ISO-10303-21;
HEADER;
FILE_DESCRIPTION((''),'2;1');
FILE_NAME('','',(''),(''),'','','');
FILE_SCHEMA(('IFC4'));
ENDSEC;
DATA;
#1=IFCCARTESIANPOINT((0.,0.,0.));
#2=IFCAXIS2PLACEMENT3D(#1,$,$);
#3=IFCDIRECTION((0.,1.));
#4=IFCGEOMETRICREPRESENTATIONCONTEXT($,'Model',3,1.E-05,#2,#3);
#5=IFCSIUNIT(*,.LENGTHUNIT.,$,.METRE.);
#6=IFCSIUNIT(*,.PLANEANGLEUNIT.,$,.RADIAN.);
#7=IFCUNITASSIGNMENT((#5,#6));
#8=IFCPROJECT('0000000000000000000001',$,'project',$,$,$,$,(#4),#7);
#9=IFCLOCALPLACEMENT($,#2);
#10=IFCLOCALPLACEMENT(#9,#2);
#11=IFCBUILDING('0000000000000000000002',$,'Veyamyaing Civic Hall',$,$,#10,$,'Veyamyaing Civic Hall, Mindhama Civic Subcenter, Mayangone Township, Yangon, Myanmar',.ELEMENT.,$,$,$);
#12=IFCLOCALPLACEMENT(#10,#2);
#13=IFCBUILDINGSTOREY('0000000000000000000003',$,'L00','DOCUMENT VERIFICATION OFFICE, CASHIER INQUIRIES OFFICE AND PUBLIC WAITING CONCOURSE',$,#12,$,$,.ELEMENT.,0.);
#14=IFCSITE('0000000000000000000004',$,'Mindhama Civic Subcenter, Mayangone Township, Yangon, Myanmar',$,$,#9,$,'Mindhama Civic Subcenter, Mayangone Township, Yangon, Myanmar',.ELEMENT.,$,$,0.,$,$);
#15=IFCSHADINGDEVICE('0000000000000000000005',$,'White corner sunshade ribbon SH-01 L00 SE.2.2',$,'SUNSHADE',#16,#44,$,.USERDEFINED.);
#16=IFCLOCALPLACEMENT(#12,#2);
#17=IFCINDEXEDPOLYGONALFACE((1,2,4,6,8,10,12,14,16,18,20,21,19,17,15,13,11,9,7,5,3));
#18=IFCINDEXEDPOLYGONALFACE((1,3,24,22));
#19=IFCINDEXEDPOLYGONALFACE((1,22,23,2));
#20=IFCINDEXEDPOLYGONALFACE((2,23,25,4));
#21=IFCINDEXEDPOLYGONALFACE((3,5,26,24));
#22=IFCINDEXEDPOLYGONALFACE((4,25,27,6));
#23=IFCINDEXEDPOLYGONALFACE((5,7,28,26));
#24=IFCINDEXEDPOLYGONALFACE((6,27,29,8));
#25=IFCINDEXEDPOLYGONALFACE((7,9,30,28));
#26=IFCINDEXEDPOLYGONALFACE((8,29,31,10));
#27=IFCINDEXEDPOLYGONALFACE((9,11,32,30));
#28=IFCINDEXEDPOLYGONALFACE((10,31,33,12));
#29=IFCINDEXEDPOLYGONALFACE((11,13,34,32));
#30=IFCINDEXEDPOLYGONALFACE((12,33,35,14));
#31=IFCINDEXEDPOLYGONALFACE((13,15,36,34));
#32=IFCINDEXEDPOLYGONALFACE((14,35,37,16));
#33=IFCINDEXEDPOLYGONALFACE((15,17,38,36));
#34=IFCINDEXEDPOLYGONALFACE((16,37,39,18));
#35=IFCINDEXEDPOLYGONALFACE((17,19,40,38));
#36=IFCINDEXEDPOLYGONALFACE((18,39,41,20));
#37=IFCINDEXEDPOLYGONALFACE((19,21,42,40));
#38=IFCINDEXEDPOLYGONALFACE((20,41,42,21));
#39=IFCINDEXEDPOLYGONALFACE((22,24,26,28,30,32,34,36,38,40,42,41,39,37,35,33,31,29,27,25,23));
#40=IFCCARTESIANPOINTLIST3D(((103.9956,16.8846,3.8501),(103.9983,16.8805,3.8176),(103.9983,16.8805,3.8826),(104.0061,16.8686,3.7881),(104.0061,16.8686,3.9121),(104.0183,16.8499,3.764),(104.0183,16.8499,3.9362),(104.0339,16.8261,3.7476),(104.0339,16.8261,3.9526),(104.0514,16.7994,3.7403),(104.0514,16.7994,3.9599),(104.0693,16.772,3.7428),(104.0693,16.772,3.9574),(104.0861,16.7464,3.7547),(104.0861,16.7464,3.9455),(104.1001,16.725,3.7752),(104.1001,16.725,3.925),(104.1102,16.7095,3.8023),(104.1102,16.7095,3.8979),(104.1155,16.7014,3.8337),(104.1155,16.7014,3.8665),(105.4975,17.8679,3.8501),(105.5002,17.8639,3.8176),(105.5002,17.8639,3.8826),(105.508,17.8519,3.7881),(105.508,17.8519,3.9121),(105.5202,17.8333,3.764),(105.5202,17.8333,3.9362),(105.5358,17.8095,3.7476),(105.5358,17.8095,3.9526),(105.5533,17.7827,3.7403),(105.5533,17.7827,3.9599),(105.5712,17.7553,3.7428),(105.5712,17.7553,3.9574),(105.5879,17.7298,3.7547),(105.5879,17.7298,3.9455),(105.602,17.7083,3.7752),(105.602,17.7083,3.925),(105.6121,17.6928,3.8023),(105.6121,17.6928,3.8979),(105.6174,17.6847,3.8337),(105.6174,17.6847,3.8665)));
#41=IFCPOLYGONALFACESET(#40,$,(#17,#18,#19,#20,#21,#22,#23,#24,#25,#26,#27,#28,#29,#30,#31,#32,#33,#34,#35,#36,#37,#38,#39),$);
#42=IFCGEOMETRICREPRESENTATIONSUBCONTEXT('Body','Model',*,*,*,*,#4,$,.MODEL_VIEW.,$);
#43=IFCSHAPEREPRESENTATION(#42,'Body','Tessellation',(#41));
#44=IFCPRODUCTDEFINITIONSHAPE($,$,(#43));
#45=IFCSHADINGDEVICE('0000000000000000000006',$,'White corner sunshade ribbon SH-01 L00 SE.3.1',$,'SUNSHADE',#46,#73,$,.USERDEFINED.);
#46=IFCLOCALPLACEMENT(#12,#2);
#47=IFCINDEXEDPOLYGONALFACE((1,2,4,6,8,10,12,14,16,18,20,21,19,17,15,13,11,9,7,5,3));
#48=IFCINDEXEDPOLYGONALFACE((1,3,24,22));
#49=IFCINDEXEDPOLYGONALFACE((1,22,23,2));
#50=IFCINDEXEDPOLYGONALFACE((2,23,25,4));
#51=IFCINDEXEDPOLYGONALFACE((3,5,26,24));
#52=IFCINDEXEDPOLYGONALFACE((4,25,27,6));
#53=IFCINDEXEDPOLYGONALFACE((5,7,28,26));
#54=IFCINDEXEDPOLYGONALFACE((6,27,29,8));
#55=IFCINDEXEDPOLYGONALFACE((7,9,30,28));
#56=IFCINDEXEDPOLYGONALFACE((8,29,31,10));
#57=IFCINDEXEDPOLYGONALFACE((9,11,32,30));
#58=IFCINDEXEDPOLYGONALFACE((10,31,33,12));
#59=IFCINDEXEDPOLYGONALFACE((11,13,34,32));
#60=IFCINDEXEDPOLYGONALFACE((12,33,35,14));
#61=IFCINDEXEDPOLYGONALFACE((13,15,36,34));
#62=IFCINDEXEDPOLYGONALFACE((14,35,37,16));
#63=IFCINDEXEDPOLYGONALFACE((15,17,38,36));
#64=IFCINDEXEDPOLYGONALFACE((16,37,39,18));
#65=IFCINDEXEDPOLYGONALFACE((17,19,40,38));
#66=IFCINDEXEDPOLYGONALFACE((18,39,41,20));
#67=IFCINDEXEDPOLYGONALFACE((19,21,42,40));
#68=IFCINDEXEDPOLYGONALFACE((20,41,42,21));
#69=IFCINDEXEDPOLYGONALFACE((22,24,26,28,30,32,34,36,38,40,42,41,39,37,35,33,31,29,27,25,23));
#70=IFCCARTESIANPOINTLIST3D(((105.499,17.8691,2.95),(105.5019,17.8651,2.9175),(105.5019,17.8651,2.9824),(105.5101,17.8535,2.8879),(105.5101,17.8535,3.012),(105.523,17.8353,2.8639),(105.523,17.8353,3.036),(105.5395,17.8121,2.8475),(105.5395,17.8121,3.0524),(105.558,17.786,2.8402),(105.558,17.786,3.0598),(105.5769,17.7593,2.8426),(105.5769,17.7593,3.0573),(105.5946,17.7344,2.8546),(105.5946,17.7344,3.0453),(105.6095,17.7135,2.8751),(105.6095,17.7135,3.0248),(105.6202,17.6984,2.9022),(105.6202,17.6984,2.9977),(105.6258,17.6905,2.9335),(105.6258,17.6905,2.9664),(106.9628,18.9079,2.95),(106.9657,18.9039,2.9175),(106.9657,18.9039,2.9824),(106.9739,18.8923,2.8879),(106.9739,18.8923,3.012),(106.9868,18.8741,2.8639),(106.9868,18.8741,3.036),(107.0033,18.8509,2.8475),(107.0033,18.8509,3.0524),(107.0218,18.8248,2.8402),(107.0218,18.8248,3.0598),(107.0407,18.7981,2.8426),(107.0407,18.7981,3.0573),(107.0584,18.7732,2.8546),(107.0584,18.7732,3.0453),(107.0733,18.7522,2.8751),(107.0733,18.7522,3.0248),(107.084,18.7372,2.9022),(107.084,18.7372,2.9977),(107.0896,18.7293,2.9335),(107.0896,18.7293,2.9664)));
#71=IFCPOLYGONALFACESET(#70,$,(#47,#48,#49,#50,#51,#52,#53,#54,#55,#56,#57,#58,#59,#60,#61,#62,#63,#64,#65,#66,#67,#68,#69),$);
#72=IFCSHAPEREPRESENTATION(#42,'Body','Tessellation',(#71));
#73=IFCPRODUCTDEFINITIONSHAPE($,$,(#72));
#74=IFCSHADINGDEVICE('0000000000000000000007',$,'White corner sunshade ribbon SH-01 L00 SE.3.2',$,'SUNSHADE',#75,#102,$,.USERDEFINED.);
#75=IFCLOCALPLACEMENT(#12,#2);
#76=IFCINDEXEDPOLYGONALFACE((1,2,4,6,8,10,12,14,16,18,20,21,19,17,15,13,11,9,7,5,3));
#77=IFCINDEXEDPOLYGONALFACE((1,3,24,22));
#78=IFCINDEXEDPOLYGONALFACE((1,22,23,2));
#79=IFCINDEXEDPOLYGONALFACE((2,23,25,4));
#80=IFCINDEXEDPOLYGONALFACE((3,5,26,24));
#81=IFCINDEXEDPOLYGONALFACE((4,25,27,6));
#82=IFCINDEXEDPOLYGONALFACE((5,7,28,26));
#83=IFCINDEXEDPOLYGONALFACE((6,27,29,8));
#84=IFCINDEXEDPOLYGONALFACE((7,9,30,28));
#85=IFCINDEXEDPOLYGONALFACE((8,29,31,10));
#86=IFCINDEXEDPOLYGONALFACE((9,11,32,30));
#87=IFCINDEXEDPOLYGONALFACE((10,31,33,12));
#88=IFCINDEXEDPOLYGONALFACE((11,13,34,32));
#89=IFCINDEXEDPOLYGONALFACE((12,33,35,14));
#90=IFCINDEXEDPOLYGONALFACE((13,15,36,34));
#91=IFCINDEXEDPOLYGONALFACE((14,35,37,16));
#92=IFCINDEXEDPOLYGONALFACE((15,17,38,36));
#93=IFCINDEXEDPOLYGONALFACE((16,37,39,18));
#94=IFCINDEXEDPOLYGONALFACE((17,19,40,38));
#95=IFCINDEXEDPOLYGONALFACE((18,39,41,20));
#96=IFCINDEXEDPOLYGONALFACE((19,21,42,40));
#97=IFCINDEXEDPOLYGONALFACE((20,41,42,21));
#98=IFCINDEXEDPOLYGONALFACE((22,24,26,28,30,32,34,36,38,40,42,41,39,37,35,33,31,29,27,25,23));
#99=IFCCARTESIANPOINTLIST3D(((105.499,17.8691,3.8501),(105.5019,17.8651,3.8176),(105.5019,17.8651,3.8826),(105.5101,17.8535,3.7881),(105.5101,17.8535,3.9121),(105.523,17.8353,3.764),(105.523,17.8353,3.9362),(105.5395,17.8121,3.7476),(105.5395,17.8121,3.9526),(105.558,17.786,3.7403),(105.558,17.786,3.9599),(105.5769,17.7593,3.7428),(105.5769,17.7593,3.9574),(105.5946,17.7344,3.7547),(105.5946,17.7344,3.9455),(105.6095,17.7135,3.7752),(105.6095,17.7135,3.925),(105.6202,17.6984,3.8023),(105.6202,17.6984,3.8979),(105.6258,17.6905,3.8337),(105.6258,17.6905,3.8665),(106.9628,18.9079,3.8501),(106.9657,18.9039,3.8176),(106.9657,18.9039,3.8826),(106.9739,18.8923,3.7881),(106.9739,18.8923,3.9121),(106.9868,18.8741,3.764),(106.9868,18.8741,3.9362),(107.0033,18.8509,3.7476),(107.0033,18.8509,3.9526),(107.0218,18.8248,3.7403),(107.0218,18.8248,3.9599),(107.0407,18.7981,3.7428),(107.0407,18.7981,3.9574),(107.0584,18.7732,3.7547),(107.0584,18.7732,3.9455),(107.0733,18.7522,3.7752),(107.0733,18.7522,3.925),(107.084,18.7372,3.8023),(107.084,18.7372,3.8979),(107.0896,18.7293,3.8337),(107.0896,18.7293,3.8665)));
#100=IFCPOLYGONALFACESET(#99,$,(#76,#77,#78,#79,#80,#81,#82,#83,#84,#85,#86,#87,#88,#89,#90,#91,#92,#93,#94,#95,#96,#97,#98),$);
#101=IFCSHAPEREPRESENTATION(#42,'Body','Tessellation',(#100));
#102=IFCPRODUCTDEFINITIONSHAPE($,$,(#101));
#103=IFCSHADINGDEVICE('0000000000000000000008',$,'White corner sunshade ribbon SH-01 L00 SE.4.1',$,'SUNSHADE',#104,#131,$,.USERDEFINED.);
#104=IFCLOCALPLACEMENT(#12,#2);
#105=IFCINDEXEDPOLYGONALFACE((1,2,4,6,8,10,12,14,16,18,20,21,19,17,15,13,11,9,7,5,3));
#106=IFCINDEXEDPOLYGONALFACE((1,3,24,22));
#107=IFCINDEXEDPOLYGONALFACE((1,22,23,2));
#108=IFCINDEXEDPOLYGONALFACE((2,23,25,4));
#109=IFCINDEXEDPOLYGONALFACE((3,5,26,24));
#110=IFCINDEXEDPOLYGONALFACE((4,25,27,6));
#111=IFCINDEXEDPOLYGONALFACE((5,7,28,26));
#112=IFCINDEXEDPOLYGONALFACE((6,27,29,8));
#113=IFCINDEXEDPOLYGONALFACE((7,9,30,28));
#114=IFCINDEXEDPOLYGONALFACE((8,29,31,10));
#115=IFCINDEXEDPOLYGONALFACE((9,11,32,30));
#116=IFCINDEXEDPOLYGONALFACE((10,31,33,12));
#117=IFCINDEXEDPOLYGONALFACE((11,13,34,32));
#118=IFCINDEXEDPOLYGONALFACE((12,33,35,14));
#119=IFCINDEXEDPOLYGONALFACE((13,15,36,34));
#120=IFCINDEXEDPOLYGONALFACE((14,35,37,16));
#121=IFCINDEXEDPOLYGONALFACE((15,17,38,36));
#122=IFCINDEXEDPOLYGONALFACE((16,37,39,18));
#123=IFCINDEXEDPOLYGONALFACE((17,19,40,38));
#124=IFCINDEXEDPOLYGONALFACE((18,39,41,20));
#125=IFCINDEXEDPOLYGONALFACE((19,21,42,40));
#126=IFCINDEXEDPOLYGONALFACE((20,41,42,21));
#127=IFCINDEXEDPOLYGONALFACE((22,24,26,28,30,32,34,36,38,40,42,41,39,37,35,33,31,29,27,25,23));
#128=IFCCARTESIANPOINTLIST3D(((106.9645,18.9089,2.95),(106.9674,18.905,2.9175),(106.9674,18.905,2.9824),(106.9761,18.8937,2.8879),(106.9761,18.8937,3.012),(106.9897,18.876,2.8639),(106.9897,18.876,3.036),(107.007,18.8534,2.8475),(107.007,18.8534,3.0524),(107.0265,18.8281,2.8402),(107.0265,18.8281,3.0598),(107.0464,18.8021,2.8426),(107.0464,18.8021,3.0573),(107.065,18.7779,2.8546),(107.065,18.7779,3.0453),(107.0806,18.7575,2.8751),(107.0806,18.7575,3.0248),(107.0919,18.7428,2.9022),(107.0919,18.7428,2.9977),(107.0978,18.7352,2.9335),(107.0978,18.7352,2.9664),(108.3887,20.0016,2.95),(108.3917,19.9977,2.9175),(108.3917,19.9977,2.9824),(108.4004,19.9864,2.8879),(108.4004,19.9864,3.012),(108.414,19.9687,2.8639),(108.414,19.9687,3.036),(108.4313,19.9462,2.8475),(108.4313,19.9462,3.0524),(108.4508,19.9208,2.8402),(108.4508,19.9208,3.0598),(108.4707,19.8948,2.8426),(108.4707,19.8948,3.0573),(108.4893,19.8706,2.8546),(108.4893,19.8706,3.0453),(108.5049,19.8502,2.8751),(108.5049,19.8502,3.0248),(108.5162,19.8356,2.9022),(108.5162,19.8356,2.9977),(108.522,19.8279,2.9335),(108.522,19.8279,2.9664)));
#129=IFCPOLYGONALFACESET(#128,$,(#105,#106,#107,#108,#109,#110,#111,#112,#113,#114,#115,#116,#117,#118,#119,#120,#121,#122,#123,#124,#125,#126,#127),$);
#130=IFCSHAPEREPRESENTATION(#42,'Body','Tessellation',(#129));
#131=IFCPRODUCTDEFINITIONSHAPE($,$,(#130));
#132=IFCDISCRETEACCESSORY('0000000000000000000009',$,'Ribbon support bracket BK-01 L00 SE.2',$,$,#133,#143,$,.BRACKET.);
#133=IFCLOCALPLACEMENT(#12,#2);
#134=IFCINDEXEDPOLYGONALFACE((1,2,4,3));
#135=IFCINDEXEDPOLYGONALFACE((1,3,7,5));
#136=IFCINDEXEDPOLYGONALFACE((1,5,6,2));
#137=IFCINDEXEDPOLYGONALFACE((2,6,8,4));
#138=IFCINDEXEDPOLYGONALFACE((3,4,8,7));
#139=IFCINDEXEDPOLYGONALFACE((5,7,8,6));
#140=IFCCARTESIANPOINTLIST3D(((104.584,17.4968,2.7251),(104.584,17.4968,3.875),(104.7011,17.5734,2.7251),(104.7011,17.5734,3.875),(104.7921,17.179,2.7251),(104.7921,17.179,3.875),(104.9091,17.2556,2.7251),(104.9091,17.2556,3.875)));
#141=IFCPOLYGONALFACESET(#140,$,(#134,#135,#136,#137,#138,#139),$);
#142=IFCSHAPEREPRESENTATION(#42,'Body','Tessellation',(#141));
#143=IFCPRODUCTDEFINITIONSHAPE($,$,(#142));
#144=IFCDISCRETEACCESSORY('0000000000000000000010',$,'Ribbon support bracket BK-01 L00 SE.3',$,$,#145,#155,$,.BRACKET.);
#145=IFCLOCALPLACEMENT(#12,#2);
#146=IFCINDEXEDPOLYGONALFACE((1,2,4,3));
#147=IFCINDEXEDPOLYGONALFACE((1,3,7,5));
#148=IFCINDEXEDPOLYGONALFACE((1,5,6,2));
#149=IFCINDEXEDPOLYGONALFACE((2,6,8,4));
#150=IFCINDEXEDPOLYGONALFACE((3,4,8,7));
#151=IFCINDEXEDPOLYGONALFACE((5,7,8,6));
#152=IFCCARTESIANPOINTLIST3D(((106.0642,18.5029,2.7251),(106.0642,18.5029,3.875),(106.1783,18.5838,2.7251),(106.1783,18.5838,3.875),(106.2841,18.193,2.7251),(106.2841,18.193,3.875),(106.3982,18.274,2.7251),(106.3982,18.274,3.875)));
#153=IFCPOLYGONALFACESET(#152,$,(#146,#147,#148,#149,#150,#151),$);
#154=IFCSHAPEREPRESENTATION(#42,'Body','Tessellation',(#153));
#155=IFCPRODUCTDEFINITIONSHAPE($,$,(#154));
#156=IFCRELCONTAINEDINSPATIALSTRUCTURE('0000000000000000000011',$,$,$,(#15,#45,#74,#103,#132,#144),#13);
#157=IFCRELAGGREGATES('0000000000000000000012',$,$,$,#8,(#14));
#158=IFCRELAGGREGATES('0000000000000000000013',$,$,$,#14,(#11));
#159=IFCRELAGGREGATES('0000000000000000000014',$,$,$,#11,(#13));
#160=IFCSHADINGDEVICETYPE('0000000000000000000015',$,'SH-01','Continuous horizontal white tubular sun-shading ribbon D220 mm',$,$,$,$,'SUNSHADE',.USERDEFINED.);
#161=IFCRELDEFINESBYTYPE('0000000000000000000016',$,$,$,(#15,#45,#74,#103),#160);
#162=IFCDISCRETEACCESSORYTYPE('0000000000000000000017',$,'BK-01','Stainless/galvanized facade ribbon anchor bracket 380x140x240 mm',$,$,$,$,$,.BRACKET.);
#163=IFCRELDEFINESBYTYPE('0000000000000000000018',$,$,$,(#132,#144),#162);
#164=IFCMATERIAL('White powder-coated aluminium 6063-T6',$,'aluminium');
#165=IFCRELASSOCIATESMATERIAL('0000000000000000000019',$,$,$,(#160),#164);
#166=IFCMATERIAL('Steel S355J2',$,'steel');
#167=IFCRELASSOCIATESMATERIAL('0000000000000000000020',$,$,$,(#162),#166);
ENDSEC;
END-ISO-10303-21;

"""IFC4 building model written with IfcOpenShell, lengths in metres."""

from ifc_helpers import new_model, si_unit, direction, frame, origin, origin_2d, place, context, subcontext, project, spatial, rectangle, circle, extrude, material, material_profile, profile_set, type_object, element, save


model = new_model("IFC4")

# Units and contexts
model_context = context("Model", 3, precision=1e-05, world=origin(), true_north=direction((0.0, 1.0)))
body_context = subcontext(model_context, "Body", "Model", "MODEL_VIEW")
ifc_project = project(units=[si_unit("LENGTHUNIT", "METRE"), si_unit("PLANEANGLEUNIT", "RADIAN")], contexts=[model_context])

# Site, building, storey
site_placement = place(None, origin())
site = spatial("IfcSite", under=ifc_project, at=site_placement, Name="Mindhama Civic Subcenter, Mayangone Township, Yangon, Myanmar", LongName="Mindhama Civic Subcenter, Mayangone Township, Yangon, Myanmar", CompositionType="ELEMENT", RefElevation=0.0)
building_placement = place(site_placement, origin())
building = spatial("IfcBuilding", under=site, at=building_placement, Name="Veyamyaing Civic Hall", LongName="Veyamyaing Civic Hall, Mindhama Civic Subcenter, Mayangone Township, Yangon, Myanmar", CompositionType="ELEMENT")
storey_placement = place(building_placement, origin())
storey = spatial("IfcBuildingStorey", under=building, at=storey_placement, Name="L00", Description="DOCUMENT VERIFICATION OFFICE, CASHIER INQUIRIES OFFICE AND PUBLIC WAITING CONCOURSE", CompositionType="ELEMENT", Elevation=0.0)

# Shared definitions
ifc_material_1 = material(Name="White powder-coated aluminium 6063-T6", Category="aluminium")

# Shading devices
ifc_material_profile_1 = material_profile(ifc_material_1, circle(Radius=0.1101, at=origin_2d()), Name="SHADE-TUBE-220")
ifc_profile_set_1 = profile_set([ifc_material_profile_1], Name="White powder-coated aluminium 6063-T6")
shading_device_type = type_object("IfcShadingDeviceType", Name="SH-01", Description="Continuous horizontal white tubular sun-shading ribbon D220 mm", ElementType="SUNSHADE", PredefinedType="USERDEFINED", material=ifc_profile_set_1)
for number, where, z_axis, x_axis, name in (
    (1, (104.0559, 16.7925, 3.8501), (0.836624, 0.547777, 0.0), (-0.547777, 0.836624, 0.0), "White corner sunshade ribbon SH-01 L00 SE.2.2"),
):
    element("IfcShadingDevice", number, at=place(storey_placement, frame(where, z_axis=z_axis, x_axis=x_axis)), inside=storey, type_object=shading_device_type, Name=name, ObjectType="SUNSHADE", PredefinedType="USERDEFINED", context=body_context, shape_type="SweptSolid", body=[
        extrude(circle(Radius=0.1101, at=origin_2d()), origin(), (0.0, 0.0, 1.0), 1.7952),
    ])
for number, where, z_axis, x_axis, name in (
    (2, (105.5627, 17.7793, 2.95), (0.815522, 0.578727, 0.0), (-0.578727, 0.815522, 0.0), "White corner sunshade ribbon SH-01 L00 SE.3.1"),
    (3, (105.5627, 17.7793, 3.8501), (0.815522, 0.578727, 0.0), (-0.578727, 0.815522, 0.0), "White corner sunshade ribbon SH-01 L00 SE.3.2"),
):
    element("IfcShadingDevice", number, at=place(storey_placement, frame(where, z_axis=z_axis, x_axis=x_axis)), inside=storey, type_object=shading_device_type, Name=name, ObjectType="SUNSHADE", PredefinedType="USERDEFINED", context=body_context, shape_type="SweptSolid", body=[
        extrude(circle(Radius=0.1101, at=origin_2d()), origin(), (0.0, 0.0, 1.0), 1.7949),
    ])
shading_device_placement = place(storey_placement, frame((107.0315, 18.8215, 2.95), z_axis=(0.793392, 0.608711, 0.0), x_axis=(-0.608711, 0.793392, 0.0)))
element("IfcShadingDevice", 4, at=shading_device_placement, inside=storey, type_object=shading_device_type, Name="White corner sunshade ribbon SH-01 L00 SE.4.1", ObjectType="SUNSHADE", PredefinedType="USERDEFINED", context=body_context, shape_type="SweptSolid", body=[
    extrude(circle(Radius=0.1101, at=origin_2d()), origin(), (0.0, 0.0, 1.0), 1.7952),
])

# Discrete accessories
ifc_material_2 = material(Name="Steel S355J2", Category="steel")
discrete_accessory_type = type_object("IfcDiscreteAccessoryType", Name="BK-01", Description="Stainless/galvanized facade ribbon anchor bracket 380x140x240 mm", PredefinedType="BRACKET", material=ifc_material_2)
for number, where, z_axis, x_axis, name in (
    (5, (104.7466, 17.3762, 2.7251), (0.0, 0.0, 1.0), (0.547772, -0.836628, 0.0), "Ribbon support bracket BK-01 L00 SE.2"),
    (6, (106.2312, 18.3884, 2.7251), (0.0, 0.0, 1.0), (0.578671, -0.815561, 0.0), "Ribbon support bracket BK-01 L00 SE.3"),
):
    element("IfcDiscreteAccessory", number, at=place(storey_placement, frame(where, z_axis=z_axis, x_axis=x_axis)), inside=storey, type_object=discrete_accessory_type, Name=name, PredefinedType="BRACKET", context=body_context, shape_type="SweptSolid", body=[
        extrude(rectangle(XDim=0.3799, YDim=0.1399, at=origin_2d()), origin(), (0.0, 0.0, 1.0), 1.1499),
    ])

save(model, "model.ifc")
